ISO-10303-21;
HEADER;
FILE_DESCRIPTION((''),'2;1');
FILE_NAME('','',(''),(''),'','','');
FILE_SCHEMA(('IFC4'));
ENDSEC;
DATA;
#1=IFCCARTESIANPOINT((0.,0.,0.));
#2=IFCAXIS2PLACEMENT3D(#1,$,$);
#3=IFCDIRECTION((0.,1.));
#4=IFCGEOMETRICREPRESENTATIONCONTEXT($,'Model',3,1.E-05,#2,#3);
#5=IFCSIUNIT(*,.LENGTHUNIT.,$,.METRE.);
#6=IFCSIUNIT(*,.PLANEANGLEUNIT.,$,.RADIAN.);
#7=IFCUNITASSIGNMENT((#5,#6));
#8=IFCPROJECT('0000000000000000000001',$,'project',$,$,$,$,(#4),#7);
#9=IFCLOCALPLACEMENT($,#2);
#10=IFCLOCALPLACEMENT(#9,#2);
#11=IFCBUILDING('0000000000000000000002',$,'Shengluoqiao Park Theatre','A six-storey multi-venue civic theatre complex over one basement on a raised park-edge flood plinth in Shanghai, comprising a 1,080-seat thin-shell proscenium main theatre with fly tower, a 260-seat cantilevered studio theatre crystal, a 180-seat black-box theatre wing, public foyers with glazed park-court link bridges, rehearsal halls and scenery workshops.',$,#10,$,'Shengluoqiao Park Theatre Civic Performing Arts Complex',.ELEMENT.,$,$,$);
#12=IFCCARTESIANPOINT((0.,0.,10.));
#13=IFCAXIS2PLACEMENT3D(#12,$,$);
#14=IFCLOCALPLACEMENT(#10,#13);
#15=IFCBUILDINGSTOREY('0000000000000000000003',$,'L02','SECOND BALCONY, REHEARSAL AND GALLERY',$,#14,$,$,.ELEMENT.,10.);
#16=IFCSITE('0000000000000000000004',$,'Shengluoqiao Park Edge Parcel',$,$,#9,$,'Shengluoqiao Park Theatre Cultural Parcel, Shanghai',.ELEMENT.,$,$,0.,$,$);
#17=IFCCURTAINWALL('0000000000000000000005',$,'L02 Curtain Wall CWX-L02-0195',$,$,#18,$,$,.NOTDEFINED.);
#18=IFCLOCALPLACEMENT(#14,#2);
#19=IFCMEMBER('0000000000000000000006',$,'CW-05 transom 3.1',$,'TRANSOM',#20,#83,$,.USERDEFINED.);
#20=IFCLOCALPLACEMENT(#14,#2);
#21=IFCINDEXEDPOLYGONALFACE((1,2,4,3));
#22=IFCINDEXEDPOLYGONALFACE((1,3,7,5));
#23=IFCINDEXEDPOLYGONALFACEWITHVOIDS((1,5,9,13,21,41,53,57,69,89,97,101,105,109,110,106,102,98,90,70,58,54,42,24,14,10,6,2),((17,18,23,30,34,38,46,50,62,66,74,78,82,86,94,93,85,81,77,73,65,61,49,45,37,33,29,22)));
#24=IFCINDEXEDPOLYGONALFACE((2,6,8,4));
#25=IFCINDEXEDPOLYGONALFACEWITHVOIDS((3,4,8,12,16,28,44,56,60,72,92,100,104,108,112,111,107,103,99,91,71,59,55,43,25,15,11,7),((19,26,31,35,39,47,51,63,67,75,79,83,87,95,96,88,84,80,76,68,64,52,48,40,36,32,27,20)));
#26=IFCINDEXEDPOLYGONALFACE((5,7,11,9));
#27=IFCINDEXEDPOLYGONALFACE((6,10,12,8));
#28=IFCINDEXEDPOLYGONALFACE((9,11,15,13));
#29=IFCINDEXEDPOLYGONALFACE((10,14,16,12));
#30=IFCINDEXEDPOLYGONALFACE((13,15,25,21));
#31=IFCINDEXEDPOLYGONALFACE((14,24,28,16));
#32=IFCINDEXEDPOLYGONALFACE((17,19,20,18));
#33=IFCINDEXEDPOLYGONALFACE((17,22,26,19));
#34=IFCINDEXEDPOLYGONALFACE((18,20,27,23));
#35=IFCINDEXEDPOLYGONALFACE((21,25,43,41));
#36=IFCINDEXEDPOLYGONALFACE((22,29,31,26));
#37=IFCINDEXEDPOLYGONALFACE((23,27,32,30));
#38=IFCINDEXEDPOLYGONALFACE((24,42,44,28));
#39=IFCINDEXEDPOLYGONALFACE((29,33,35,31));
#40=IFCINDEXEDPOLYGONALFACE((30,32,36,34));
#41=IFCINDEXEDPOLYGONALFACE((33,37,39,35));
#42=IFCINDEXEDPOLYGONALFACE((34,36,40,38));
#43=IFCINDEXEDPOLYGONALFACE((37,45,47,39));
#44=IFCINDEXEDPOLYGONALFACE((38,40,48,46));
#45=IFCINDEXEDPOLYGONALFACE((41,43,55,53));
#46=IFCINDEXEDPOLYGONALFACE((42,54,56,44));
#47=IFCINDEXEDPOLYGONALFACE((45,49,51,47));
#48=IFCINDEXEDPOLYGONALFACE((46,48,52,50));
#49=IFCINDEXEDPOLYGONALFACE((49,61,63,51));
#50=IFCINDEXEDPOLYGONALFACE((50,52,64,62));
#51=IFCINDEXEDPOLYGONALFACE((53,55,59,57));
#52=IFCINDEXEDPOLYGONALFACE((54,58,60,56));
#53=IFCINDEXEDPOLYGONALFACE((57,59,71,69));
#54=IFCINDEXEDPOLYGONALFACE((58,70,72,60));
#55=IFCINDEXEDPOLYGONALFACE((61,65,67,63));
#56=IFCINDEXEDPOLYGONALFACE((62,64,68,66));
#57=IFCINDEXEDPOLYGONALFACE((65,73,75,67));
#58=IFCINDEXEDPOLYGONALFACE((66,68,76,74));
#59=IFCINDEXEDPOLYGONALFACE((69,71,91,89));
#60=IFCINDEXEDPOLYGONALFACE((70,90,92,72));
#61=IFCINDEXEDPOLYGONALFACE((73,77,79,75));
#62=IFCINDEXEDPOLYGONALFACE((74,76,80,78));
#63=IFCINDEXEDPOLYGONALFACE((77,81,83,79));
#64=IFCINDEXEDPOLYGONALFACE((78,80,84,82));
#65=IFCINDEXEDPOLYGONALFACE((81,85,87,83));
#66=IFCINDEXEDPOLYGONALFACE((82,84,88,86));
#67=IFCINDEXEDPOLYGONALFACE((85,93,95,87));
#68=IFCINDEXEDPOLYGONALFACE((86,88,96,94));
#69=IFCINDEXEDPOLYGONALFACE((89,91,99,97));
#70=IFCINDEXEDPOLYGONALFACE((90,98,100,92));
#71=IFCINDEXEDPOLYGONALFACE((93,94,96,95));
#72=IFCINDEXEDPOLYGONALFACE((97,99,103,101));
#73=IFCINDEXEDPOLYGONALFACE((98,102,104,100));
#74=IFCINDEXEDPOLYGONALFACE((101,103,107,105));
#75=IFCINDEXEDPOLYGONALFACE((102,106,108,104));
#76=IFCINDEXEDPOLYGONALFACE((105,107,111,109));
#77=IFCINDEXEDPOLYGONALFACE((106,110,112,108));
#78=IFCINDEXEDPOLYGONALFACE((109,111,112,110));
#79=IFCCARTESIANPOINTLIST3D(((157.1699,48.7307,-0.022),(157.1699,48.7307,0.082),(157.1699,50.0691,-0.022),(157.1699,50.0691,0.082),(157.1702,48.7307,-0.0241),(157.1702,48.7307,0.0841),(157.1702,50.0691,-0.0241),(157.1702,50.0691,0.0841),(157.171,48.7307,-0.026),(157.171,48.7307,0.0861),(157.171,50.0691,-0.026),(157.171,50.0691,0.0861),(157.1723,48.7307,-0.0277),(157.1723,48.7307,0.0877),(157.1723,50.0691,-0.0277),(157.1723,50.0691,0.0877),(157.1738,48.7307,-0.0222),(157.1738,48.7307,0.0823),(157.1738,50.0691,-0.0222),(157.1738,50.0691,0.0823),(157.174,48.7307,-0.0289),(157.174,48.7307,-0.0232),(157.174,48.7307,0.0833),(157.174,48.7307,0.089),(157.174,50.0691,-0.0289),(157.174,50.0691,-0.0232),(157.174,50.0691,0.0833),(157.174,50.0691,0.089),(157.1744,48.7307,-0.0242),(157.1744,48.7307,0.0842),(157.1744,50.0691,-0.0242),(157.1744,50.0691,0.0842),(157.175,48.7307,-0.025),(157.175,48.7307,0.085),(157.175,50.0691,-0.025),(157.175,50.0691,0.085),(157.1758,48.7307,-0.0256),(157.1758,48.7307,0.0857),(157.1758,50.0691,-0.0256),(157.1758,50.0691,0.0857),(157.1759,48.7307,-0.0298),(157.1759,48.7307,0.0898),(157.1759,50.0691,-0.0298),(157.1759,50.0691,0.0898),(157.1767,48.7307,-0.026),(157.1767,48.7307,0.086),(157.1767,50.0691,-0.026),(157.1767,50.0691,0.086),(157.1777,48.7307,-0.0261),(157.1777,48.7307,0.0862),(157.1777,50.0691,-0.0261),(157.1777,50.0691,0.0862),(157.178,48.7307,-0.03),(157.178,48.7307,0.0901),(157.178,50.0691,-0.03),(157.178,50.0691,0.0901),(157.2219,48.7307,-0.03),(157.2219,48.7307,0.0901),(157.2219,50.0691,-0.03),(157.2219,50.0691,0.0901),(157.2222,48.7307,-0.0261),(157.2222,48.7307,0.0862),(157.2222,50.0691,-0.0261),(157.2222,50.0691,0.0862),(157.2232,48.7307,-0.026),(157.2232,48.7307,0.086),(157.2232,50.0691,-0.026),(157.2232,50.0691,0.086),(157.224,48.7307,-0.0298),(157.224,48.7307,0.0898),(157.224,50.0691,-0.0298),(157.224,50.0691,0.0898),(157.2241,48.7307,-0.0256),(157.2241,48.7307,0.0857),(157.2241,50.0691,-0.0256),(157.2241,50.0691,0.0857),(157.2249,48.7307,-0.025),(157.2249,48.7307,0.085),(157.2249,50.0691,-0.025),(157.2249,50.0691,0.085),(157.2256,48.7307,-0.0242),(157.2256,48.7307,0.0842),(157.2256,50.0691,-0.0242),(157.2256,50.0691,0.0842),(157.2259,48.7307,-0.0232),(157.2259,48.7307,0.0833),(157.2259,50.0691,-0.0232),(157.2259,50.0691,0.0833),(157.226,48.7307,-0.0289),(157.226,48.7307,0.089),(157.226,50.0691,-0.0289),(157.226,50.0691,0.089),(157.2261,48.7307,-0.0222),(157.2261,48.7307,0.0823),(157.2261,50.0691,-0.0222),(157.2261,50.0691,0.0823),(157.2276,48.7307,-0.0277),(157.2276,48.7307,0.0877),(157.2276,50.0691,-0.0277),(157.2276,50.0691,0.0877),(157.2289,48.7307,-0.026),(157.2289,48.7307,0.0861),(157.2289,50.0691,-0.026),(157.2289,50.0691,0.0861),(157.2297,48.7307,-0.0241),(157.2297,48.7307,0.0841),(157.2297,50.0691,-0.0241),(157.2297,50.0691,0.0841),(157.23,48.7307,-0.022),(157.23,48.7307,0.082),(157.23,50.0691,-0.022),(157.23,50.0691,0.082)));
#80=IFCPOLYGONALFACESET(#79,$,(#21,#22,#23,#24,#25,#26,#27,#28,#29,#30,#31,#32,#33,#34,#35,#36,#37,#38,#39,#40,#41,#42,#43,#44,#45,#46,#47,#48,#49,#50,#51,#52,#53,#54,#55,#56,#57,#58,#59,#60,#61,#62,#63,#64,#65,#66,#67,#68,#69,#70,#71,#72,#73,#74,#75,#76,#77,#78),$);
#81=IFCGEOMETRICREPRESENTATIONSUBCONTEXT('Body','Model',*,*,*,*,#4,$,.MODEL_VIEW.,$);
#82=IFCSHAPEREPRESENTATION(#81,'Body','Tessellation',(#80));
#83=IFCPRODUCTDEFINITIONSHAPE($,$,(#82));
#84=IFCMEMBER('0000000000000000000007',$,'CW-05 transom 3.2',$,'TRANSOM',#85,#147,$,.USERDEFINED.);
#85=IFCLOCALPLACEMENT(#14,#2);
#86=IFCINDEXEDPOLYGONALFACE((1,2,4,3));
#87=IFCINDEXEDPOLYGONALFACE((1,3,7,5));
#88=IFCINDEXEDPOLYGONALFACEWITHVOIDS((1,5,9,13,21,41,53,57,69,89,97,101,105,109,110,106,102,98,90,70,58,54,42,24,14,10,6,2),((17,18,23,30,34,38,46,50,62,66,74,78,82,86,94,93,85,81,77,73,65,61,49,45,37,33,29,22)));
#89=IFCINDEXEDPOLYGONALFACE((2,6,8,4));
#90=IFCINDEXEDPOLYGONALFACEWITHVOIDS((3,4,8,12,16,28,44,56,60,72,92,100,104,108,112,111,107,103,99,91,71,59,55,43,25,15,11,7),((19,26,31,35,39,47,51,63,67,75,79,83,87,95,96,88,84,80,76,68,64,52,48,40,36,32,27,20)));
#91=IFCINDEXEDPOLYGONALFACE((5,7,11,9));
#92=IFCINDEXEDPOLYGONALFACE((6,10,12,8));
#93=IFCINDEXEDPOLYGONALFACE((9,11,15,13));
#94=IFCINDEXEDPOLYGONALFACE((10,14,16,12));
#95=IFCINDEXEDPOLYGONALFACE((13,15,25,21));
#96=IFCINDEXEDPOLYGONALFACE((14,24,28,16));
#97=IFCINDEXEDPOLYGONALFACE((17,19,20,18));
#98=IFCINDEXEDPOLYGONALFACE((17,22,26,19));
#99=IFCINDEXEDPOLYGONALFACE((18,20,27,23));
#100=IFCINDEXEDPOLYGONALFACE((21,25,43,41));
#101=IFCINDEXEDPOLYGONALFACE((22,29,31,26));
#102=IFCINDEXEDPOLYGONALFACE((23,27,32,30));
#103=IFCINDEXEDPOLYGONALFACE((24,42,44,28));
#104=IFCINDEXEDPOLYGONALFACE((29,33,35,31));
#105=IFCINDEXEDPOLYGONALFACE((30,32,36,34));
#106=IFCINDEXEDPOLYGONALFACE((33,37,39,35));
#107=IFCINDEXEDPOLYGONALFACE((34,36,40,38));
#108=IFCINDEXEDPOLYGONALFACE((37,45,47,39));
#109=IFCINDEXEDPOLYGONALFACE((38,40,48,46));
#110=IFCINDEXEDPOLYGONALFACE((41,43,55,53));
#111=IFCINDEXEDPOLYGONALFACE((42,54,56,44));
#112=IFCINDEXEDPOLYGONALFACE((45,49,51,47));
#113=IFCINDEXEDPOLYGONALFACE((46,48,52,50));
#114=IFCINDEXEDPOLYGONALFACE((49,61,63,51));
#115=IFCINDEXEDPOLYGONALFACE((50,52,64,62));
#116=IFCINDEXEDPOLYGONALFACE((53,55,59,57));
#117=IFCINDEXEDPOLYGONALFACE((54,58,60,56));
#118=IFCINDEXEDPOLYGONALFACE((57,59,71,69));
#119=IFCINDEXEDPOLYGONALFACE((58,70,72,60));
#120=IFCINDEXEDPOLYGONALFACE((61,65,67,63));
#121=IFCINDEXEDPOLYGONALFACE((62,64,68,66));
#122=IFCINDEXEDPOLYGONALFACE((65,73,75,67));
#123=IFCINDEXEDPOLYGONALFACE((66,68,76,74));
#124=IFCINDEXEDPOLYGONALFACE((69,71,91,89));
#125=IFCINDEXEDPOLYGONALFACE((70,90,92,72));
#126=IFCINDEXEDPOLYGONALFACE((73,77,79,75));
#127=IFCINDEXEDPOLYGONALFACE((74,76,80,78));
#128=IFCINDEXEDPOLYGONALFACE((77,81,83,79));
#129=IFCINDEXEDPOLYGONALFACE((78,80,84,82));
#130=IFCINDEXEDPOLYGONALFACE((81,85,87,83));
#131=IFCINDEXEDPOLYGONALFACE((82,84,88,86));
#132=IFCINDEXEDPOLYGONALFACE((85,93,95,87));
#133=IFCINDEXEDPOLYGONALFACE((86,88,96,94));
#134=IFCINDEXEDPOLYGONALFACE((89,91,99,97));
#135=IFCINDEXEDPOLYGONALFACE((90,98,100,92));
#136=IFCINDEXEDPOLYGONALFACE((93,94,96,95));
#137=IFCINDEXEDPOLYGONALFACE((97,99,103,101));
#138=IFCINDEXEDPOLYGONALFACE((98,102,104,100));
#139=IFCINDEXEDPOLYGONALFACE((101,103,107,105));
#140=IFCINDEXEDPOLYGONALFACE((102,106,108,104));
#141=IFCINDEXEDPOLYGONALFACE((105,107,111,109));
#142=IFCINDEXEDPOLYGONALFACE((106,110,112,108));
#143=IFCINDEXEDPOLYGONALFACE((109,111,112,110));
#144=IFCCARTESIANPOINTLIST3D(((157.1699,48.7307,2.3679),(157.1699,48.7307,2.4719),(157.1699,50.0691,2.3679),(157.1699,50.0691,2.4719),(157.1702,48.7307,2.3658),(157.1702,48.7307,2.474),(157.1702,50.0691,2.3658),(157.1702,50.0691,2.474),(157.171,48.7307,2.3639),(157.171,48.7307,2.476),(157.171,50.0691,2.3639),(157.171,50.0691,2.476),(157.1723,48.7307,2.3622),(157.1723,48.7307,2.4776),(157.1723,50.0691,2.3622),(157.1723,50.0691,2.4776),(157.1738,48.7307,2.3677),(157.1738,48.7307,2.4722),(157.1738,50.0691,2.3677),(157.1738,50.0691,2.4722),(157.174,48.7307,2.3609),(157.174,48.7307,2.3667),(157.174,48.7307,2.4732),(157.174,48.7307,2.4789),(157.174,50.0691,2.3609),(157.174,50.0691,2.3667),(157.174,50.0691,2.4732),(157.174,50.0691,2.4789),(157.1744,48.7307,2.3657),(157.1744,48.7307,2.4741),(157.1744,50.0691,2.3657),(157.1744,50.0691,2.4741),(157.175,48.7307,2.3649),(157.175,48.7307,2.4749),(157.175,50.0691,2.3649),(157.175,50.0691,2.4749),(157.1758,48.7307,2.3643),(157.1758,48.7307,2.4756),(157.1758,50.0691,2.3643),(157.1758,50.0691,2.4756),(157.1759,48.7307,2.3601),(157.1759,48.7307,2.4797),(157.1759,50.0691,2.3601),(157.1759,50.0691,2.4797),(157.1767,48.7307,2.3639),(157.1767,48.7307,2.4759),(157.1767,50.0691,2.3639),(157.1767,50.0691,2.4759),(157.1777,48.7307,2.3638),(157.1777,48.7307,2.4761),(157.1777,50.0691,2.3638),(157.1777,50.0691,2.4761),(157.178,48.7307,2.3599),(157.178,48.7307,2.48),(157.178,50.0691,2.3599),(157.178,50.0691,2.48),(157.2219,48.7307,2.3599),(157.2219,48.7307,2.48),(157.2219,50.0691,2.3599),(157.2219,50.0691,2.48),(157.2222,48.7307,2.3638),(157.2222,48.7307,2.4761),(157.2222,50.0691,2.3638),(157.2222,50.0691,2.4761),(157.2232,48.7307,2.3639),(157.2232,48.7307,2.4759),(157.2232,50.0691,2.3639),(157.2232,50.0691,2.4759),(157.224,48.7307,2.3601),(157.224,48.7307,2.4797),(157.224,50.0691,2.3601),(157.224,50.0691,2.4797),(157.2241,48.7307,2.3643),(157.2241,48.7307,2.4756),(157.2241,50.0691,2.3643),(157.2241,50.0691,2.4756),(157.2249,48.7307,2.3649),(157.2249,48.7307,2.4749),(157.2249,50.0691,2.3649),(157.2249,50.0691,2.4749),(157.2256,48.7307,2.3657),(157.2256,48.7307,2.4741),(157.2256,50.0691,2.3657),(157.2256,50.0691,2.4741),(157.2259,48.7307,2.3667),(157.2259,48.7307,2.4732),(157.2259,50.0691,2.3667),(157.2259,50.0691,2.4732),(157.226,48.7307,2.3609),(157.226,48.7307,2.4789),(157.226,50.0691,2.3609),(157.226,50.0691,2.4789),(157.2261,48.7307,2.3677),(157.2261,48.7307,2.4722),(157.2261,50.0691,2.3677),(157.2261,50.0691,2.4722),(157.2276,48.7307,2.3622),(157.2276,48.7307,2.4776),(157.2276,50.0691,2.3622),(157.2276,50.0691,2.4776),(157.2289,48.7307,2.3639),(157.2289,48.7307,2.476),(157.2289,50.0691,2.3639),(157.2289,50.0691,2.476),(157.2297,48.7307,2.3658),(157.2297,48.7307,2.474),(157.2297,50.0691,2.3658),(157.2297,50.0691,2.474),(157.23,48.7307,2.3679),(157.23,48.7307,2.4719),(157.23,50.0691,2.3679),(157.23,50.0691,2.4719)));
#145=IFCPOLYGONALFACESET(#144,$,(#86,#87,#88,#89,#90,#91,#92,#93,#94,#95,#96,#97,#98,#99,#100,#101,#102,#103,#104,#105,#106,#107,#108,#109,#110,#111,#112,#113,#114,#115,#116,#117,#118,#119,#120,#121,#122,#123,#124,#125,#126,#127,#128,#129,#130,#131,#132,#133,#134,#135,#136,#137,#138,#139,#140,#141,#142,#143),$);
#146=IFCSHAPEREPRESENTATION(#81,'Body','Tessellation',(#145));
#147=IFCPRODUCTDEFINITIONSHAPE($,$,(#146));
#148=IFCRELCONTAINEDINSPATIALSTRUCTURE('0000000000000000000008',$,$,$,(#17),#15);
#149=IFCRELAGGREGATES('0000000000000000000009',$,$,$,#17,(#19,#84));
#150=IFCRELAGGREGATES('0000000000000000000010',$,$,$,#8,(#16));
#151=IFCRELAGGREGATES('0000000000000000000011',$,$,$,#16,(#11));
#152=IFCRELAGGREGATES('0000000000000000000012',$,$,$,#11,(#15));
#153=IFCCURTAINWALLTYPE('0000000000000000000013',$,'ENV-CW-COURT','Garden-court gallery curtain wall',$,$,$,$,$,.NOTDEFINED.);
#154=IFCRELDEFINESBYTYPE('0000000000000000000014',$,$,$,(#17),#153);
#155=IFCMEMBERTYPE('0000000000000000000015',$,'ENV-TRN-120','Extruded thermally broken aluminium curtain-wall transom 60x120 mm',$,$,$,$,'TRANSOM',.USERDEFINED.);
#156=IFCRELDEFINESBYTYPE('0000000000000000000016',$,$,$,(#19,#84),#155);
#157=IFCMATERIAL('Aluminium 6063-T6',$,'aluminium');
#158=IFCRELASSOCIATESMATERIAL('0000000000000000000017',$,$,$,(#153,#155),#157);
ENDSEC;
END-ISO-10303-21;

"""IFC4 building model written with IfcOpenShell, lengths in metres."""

from ifc_helpers import new_model, si_unit, direction, frame, origin, origin_2d, place, context, subcontext, project, spatial, hollow_rectangle, extrude, material, material_profile, profile_set, type_object, element, aggregate, save


model = new_model("IFC4")

# Units and contexts
model_context = context("Model", 3, precision=1e-05, world=origin(), true_north=direction((0.0, 1.0)))
body_context = subcontext(model_context, "Body", "Model", "MODEL_VIEW")
ifc_project = project(units=[si_unit("LENGTHUNIT", "METRE"), si_unit("PLANEANGLEUNIT", "RADIAN")], contexts=[model_context])

# Site, building, storey
site_placement = place(None, origin())
site = spatial("IfcSite", under=ifc_project, at=site_placement, Name="Shengluoqiao Park Edge Parcel", LongName="Shengluoqiao Park Theatre Cultural Parcel, Shanghai", CompositionType="ELEMENT", RefElevation=0.0)
building_placement = place(site_placement, origin())
building = spatial("IfcBuilding", under=site, at=building_placement, Name="Shengluoqiao Park Theatre", Description="A six-storey multi-venue civic theatre complex over one basement on a raised park-edge flood plinth in Shanghai, comprising a 1,080-seat thin-shell proscenium main theatre with fly tower, a 260-seat cantilevered studio theatre crystal, a 180-seat black-box theatre wing, public foyers with glazed park-court link bridges, rehearsal halls and scenery workshops.", LongName="Shengluoqiao Park Theatre Civic Performing Arts Complex", CompositionType="ELEMENT")
storey_placement = place(building_placement, frame((0.0, 0.0, 10.0)))
storey = spatial("IfcBuildingStorey", under=building, at=storey_placement, Name="L02", Description="SECOND BALCONY, REHEARSAL AND GALLERY", CompositionType="ELEMENT", Elevation=10.0)

# Curtain wall, members
ifc_material_1 = material(Name="Aluminium 6063-T6", Category="aluminium")
curtain_wall_type = type_object("IfcCurtainWallType", Name="ENV-CW-COURT", Description="Garden-court gallery curtain wall", PredefinedType="NOTDEFINED", material=ifc_material_1)
curtain_wall_placement = place(storey_placement, origin())
curtain_wall = element("IfcCurtainWall", 1, at=curtain_wall_placement, inside=storey, type_object=curtain_wall_type, Name="L02 Curtain Wall CWX-L02-0195", PredefinedType="NOTDEFINED")
ifc_material_profile_1 = material_profile(ifc_material_1, hollow_rectangle(XDim=0.0601, YDim=0.1201, WallThickness=0.0039, InnerFilletRadius=0.0039, OuterFilletRadius=0.0081, at=origin_2d()), Name="ALU TRANSOM 120x60x4")
ifc_profile_set_1 = profile_set([ifc_material_profile_1], Name="Aluminium 6063-T6")
member_type_1 = type_object("IfcMemberType", Name="ENV-TRN-120", Description="Extruded thermally broken aluminium curtain-wall transom 60x120 mm", ElementType="TRANSOM", PredefinedType="USERDEFINED", material=ifc_profile_set_1)
member_1_placement = place(storey_placement, frame((157.2, 48.7307, 0.03), z_axis=(0.0, 1.0, 0.0), x_axis=(-1.0, 0.0, 0.0)))
member_1 = element("IfcMember", 2, at=member_1_placement, type_object=member_type_1, Name="CW-05 transom 3.1", ObjectType="TRANSOM", PredefinedType="USERDEFINED", context=body_context, shape_type="SweptSolid", body=[
    extrude(hollow_rectangle(XDim=0.0601, YDim=0.1201, WallThickness=0.0039, InnerFilletRadius=0.0039, OuterFilletRadius=0.0081, at=origin_2d()), origin(), (0.0, 0.0, 1.0), 1.3384),
])
member_2_placement = place(storey_placement, frame((157.2, 48.7307, 2.4199), z_axis=(0.0, 1.0, 0.0), x_axis=(-1.0, 0.0, 0.0)))
member_2 = element("IfcMember", 3, at=member_2_placement, type_object=member_type_1, Name="CW-05 transom 3.2", ObjectType="TRANSOM", PredefinedType="USERDEFINED", context=body_context, shape_type="SweptSolid", body=[
    extrude(hollow_rectangle(XDim=0.0601, YDim=0.1201, WallThickness=0.0039, InnerFilletRadius=0.0039, OuterFilletRadius=0.0081, at=origin_2d()), origin(), (0.0, 0.0, 1.0), 1.3384),
])

aggregate(curtain_wall, [member_1, member_2])

save(model, "model.ifc")
